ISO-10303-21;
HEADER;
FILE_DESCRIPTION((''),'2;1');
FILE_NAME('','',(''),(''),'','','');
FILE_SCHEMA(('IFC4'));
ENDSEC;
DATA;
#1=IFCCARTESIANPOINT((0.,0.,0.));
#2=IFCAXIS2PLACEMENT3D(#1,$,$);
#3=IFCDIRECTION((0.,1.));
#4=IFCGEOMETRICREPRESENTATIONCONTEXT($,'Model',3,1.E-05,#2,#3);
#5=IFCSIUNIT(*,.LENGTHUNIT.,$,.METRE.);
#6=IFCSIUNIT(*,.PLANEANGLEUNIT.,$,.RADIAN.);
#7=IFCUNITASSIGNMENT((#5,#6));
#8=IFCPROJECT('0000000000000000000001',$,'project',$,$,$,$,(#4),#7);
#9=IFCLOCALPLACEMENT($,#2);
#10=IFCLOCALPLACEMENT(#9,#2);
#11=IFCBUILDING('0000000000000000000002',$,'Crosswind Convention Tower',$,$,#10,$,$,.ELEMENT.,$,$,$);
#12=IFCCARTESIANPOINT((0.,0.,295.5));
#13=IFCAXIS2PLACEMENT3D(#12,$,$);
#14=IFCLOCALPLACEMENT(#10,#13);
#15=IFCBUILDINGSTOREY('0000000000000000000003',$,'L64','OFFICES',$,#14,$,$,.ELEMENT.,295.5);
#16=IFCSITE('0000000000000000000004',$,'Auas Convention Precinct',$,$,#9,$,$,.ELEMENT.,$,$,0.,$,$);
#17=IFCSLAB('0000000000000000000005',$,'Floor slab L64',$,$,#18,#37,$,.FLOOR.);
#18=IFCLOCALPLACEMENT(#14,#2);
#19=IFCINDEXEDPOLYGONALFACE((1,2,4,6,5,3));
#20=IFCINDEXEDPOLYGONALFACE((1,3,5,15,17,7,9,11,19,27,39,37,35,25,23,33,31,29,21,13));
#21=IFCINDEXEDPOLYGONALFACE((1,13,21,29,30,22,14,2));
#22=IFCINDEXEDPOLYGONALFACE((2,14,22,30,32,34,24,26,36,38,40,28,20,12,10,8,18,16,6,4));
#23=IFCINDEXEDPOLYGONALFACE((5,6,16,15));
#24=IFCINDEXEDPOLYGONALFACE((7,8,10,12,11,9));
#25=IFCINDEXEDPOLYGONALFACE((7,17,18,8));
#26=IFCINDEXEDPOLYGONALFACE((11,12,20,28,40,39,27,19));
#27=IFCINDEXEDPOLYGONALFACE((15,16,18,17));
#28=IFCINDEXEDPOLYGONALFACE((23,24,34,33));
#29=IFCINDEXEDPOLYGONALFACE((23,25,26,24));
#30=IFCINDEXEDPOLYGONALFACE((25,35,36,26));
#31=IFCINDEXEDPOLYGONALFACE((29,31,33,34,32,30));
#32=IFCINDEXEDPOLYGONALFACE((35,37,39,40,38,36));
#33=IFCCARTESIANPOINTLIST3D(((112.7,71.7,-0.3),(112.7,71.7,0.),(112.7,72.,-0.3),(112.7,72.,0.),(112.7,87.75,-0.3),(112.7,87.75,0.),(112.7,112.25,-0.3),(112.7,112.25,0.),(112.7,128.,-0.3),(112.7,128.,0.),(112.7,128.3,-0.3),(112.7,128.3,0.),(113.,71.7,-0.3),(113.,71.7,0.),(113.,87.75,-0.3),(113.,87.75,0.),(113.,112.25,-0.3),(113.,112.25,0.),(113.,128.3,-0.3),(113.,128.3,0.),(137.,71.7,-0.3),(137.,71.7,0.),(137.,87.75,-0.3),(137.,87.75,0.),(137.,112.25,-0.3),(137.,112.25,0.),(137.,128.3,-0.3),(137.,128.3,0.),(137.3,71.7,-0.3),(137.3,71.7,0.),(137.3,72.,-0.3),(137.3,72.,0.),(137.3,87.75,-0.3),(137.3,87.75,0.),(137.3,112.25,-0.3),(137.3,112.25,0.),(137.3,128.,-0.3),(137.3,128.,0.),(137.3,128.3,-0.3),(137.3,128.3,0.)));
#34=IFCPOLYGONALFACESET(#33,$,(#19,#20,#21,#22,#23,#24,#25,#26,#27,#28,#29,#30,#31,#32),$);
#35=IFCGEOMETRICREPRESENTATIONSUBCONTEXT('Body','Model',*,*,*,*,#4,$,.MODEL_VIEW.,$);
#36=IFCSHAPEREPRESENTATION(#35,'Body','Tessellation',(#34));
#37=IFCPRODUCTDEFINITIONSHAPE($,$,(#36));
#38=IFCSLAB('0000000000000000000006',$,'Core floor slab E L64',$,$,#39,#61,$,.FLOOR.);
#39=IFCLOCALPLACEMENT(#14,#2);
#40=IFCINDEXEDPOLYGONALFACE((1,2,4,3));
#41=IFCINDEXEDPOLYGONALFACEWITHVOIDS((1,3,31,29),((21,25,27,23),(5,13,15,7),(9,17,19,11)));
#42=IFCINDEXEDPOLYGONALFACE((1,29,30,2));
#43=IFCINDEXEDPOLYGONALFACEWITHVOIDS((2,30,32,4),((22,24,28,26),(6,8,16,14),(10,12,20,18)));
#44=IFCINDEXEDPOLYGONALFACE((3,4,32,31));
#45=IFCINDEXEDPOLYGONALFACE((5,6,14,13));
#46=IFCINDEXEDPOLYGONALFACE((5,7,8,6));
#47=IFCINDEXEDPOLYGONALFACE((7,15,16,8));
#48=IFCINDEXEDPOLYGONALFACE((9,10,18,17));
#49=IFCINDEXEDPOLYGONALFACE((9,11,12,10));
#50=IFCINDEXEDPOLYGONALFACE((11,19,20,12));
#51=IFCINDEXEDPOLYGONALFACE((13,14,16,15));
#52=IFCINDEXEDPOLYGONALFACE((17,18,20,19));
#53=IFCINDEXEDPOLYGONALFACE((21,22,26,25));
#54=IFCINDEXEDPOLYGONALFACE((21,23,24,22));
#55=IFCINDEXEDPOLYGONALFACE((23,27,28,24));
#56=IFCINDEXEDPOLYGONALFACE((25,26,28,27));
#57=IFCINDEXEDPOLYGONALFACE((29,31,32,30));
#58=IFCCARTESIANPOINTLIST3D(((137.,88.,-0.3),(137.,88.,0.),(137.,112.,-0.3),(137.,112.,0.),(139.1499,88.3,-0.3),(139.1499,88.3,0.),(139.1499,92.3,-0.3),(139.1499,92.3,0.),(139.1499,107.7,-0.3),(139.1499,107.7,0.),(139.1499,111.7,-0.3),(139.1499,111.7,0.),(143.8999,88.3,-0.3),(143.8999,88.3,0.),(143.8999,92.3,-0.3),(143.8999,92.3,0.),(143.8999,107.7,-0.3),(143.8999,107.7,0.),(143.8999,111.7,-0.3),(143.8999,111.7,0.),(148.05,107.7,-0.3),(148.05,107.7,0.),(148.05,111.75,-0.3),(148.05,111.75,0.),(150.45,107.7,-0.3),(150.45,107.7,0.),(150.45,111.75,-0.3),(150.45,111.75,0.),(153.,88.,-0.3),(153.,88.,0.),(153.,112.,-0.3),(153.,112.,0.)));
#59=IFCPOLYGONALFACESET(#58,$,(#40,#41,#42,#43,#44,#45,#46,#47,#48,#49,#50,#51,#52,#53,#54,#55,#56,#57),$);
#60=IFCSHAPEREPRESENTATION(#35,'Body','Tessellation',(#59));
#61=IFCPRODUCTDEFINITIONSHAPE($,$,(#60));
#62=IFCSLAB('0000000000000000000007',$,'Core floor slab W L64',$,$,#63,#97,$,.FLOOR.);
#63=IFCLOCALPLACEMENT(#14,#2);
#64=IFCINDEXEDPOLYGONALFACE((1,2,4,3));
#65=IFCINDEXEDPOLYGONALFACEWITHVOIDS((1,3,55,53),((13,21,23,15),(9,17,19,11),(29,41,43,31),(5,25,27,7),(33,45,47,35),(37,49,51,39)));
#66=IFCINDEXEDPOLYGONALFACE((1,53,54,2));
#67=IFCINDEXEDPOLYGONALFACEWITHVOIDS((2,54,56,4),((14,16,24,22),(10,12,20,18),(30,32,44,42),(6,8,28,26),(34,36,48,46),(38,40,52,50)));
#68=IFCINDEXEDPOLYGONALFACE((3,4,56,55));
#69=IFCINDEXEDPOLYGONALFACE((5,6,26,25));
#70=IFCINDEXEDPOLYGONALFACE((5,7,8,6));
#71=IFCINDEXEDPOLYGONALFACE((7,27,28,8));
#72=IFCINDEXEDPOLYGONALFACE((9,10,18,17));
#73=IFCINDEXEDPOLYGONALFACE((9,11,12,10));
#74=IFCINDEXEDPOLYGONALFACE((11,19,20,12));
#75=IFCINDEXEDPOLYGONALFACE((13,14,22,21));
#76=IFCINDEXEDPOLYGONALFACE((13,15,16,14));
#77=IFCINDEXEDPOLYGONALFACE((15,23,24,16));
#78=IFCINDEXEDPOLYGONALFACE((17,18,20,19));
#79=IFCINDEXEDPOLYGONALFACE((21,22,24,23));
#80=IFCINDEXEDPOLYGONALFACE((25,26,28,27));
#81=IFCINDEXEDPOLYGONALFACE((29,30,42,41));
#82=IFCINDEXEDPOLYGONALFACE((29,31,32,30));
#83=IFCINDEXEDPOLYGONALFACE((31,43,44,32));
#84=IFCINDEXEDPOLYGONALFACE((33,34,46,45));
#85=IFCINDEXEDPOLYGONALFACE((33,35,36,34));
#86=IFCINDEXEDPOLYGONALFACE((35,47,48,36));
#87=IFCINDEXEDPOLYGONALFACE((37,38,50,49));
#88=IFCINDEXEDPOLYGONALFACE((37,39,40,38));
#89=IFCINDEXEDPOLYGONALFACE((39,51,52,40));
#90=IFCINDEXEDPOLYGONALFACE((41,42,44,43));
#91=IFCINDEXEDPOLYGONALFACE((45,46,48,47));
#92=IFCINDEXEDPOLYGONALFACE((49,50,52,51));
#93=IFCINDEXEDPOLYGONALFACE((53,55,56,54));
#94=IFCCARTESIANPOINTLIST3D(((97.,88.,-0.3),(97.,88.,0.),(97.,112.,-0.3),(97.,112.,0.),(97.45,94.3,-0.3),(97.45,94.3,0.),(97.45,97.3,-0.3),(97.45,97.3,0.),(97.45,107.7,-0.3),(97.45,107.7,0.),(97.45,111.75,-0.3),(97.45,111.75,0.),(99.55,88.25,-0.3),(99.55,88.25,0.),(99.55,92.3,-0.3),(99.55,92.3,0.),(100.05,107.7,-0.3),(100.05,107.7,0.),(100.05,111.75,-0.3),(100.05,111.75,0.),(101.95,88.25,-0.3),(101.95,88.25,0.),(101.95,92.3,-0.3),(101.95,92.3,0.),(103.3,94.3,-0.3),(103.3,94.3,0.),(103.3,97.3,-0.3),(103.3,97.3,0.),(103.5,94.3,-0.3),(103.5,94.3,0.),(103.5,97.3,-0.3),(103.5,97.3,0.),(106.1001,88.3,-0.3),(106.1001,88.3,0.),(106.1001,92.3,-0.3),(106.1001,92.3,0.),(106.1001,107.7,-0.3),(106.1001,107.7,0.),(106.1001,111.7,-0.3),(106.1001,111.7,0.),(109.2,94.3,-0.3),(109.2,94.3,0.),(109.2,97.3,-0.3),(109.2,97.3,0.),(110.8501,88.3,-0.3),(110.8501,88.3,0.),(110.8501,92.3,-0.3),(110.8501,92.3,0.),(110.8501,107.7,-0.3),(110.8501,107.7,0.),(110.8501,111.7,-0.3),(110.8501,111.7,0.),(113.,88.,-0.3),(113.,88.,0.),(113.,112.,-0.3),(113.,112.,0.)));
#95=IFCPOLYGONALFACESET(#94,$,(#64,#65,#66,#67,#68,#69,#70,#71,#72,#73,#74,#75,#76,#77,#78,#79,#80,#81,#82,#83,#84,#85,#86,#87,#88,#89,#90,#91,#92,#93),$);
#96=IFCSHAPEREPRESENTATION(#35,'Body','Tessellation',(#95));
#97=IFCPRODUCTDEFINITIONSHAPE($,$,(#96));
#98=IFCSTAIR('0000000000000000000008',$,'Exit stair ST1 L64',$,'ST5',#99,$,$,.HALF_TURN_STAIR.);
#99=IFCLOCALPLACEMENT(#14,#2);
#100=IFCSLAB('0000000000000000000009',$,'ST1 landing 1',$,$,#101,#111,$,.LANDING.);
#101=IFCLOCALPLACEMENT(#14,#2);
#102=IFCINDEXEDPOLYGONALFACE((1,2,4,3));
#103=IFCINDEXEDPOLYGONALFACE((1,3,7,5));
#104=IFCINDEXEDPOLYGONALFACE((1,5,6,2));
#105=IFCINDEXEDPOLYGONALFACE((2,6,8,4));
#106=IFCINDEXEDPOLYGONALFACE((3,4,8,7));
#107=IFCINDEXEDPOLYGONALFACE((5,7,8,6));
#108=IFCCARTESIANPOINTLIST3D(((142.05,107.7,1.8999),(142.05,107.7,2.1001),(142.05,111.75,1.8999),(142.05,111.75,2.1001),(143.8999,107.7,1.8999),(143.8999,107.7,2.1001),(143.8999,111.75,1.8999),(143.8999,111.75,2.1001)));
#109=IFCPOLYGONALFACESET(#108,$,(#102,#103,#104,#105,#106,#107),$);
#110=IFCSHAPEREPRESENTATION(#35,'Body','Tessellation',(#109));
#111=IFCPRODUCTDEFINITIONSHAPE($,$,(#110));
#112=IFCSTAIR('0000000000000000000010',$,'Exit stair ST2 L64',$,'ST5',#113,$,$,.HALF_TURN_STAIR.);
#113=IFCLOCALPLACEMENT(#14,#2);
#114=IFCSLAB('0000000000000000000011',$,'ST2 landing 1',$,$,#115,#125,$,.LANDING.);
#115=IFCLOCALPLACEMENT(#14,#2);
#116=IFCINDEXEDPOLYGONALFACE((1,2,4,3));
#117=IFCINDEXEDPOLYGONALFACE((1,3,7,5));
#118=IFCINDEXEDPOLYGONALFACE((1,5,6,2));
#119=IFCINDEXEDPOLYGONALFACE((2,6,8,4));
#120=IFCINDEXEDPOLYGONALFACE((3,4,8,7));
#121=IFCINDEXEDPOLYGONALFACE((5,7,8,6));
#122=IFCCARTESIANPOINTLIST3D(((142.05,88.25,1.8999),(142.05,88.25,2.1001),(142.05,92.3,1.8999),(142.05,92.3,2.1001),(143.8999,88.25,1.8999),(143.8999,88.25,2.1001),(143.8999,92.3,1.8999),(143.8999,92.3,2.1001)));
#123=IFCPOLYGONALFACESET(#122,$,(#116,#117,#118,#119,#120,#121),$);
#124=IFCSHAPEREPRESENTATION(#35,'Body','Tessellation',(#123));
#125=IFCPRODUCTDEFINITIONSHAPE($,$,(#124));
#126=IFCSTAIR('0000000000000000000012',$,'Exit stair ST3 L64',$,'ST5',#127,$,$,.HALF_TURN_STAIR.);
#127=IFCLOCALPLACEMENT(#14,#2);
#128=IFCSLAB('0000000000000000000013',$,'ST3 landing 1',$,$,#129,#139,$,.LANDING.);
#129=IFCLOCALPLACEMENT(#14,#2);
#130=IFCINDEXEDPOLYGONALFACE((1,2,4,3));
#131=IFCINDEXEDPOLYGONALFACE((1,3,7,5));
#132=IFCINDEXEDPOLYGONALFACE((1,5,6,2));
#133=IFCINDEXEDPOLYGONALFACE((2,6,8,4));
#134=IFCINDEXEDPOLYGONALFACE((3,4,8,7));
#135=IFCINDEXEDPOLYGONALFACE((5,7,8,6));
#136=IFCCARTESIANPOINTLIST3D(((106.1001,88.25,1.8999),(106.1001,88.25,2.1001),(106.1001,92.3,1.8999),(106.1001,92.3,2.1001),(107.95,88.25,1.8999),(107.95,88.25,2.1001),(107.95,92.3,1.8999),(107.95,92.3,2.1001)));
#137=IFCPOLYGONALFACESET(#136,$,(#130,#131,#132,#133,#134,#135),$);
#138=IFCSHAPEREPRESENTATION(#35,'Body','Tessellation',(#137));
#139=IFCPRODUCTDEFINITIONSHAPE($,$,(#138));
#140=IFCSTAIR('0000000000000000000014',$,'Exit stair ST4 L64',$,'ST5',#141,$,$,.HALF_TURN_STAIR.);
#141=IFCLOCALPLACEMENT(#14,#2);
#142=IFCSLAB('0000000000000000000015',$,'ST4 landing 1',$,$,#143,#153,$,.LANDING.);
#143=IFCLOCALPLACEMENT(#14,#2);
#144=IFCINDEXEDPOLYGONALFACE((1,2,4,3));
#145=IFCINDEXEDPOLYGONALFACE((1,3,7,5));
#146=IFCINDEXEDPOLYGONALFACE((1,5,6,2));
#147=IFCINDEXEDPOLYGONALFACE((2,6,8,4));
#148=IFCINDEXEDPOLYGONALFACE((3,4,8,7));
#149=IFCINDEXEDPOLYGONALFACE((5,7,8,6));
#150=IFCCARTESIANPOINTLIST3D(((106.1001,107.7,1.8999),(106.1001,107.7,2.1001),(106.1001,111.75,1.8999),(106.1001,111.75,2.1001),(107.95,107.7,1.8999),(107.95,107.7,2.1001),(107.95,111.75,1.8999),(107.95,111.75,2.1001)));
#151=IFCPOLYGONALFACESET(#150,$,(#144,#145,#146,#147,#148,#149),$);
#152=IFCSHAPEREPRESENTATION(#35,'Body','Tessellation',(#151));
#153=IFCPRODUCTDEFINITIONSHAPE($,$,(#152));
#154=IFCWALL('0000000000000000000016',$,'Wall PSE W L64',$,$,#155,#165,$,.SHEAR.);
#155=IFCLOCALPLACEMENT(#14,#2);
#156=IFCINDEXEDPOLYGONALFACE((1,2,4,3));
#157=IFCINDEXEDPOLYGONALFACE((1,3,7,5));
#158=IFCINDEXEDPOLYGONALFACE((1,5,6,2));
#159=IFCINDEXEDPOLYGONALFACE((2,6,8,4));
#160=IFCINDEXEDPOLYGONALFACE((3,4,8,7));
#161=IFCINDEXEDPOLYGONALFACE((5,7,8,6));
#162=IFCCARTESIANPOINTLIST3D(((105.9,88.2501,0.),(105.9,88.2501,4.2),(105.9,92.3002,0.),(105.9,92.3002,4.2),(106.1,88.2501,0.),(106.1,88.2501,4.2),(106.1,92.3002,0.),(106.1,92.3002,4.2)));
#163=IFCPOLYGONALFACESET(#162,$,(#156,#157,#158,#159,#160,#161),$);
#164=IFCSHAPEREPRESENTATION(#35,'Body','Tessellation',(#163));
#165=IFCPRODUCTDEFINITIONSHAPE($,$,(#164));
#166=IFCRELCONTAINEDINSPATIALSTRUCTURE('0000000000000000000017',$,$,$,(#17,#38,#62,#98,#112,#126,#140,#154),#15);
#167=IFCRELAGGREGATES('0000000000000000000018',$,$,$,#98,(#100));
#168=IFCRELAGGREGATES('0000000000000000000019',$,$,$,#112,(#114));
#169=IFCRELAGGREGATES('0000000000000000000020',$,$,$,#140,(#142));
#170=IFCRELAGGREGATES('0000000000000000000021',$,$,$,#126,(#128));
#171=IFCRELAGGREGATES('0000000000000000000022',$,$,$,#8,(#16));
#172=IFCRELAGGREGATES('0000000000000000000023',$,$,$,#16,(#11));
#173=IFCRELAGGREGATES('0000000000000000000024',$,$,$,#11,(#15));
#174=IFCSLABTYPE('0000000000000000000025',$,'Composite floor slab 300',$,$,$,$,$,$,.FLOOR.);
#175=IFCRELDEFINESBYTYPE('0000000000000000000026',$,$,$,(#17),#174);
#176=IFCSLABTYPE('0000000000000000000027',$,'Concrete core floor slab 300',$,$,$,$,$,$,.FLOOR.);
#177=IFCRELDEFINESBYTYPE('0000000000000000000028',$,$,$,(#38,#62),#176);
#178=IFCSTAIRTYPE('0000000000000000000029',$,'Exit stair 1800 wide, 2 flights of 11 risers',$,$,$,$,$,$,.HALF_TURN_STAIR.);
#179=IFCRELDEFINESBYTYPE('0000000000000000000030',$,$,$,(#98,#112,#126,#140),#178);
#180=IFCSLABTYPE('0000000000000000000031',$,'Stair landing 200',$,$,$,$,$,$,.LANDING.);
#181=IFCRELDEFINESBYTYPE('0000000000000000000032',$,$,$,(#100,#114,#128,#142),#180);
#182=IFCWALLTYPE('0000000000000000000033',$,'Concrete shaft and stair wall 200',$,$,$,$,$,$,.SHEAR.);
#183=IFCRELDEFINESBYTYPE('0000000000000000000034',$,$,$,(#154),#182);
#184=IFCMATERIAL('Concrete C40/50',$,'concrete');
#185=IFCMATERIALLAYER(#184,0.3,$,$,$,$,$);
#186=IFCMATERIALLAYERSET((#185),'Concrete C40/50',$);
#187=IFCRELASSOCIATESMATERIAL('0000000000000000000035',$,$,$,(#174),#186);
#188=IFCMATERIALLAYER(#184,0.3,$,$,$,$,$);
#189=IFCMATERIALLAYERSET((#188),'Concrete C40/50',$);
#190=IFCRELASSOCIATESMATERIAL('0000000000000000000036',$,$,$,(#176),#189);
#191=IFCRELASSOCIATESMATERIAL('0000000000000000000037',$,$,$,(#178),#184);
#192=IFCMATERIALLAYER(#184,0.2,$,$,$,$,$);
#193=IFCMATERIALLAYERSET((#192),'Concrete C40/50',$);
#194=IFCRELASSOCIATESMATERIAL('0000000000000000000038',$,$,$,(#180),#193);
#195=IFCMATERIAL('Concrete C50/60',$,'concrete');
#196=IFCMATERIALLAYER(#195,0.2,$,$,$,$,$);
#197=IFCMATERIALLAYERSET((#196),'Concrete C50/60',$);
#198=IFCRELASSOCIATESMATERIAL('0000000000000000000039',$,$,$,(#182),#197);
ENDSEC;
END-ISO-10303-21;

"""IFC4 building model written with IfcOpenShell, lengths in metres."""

from ifc_helpers import new_model, si_unit, direction, frame, frame_2d, origin, place, context, subcontext, project, spatial, polyline, rectangle, outline, extrude, material, layer, layer_set, type_object, element, aggregate, save


model = new_model("IFC4")

# Units and contexts
model_context = context("Model", 3, precision=1e-05, world=origin(), true_north=direction((0.0, 1.0)))
body_context = subcontext(model_context, "Body", "Model", "MODEL_VIEW")
ifc_project = project(units=[si_unit("LENGTHUNIT", "METRE"), si_unit("PLANEANGLEUNIT", "RADIAN")], contexts=[model_context])

# Site, building, storey
site_placement = place(None, origin())
site = spatial("IfcSite", under=ifc_project, at=site_placement, Name="Auas Convention Precinct", CompositionType="ELEMENT", RefElevation=0.0)
building_placement = place(site_placement, origin())
building = spatial("IfcBuilding", under=site, at=building_placement, Name="Crosswind Convention Tower", CompositionType="ELEMENT")
storey_placement = place(building_placement, frame((0.0, 0.0, 295.5)))
storey = spatial("IfcBuildingStorey", under=building, at=storey_placement, Name="L64", Description="OFFICES", CompositionType="ELEMENT", Elevation=295.5)

# Slabs
ifc_material_1 = material(Name="Concrete C40/50", Category="concrete")
ifc_layer_1 = layer(ifc_material_1, 0.3)
ifc_layer_set_1 = layer_set([ifc_layer_1], Name="Concrete C40/50")
slab_type_1 = type_object("IfcSlabType", Name="Composite floor slab 300", PredefinedType="FLOOR", material=ifc_layer_set_1)
slab_1_placement = place(storey_placement, frame((0.0, 0.0, -0.3)))
element("IfcSlab", 1, at=slab_1_placement, inside=storey, type_object=slab_type_1, Name="Floor slab L64", PredefinedType="FLOOR", context=body_context, shape_type="SweptSolid", body=[
    extrude(outline(polyline([(137.3, 71.7), (137.0, 71.7), (113.0, 71.7), (112.7, 71.7), (112.7, 72.0), (112.7, 87.75), (113.0, 87.75), (113.0, 112.25), (112.7, 112.25), (112.7, 128.0), (112.7, 128.3), (113.0, 128.3), (137.0, 128.3), (137.3, 128.3), (137.3, 128.0), (137.3, 112.25), (137.0, 112.25), (137.0, 87.75), (137.3, 87.75), (137.3, 72.0), (137.3, 71.7)])), origin(), (0.0, 0.0, 1.0), 0.3),
])
ifc_layer_2 = layer(ifc_material_1, 0.3)
ifc_layer_set_2 = layer_set([ifc_layer_2], Name="Concrete C40/50")
slab_type_2 = type_object("IfcSlabType", Name="Concrete core floor slab 300", PredefinedType="FLOOR", material=ifc_layer_set_2)
slab_2_placement = place(storey_placement, frame((0.0, 0.0, -0.3)))
element("IfcSlab", 2, at=slab_2_placement, inside=storey, type_object=slab_type_2, Name="Core floor slab E L64", PredefinedType="FLOOR", context=body_context, shape_type="SweptSolid", body=[
    extrude(outline(polyline([(137.0, 88.0), (153.0, 88.0), (153.0, 112.0), (137.0, 112.0), (137.0, 88.0)]), holes=[polyline([(150.45, 107.7), (150.45, 111.75), (148.05, 111.75), (148.05, 107.7), (150.45, 107.7)]), polyline([(143.8999, 107.7), (143.8999, 111.7), (139.1499, 111.7), (139.1499, 107.7), (143.8999, 107.7)]), polyline([(143.8999, 88.3), (143.8999, 92.3), (139.1499, 92.3), (139.1499, 88.3), (143.8999, 88.3)])]), origin(), (0.0, 0.0, 1.0), 0.3),
])
slab_3_placement = place(storey_placement, frame((0.0, 0.0, -0.3)))
element("IfcSlab", 3, at=slab_3_placement, inside=storey, type_object=slab_type_2, Name="Core floor slab W L64", PredefinedType="FLOOR", context=body_context, shape_type="SweptSolid", body=[
    extrude(outline(polyline([(97.0, 88.0), (113.0, 88.0), (113.0, 112.0), (97.0, 112.0), (97.0, 88.0)]), holes=[polyline([(109.2, 94.3), (109.2, 97.3), (103.5, 97.3), (103.5, 94.3), (109.2, 94.3)]), polyline([(103.3, 94.3), (103.3, 97.3), (97.45, 97.3), (97.45, 94.3), (103.3, 94.3)]), polyline([(101.95, 88.25), (101.95, 92.3), (99.55, 92.3), (99.55, 88.25), (101.95, 88.25)]), polyline([(100.05, 107.7), (100.05, 111.75), (97.45, 111.75), (97.45, 107.7), (100.05, 107.7)]), polyline([(110.8501, 88.3), (110.8501, 92.3), (106.1001, 92.3), (106.1001, 88.3), (110.8501, 88.3)]), polyline([(110.8501, 107.7), (110.8501, 111.7), (106.1001, 111.7), (106.1001, 107.7), (110.8501, 107.7)])]), origin(), (0.0, 0.0, 1.0), 0.3),
])

# Stairs, slabs
stair_type = type_object("IfcStairType", Name="Exit stair 1800 wide, 2 flights of 11 risers", PredefinedType="HALF_TURN_STAIR", material=ifc_material_1)
stair_1_placement = place(storey_placement, origin())
stair_1 = element("IfcStair", 4, at=stair_1_placement, inside=storey, type_object=stair_type, Name="Exit stair ST1 L64", ObjectType="ST5", PredefinedType="HALF_TURN_STAIR")
ifc_layer_3 = layer(ifc_material_1, 0.2)
ifc_layer_set_3 = layer_set([ifc_layer_3], Name="Concrete C40/50")
slab_type_3 = type_object("IfcSlabType", Name="Stair landing 200", PredefinedType="LANDING", material=ifc_layer_set_3)
slab_4_placement = place(storey_placement, frame((0.0, 0.0, 1.8999)))
slab_4 = element("IfcSlab", 5, at=slab_4_placement, type_object=slab_type_3, Name="ST1 landing 1", PredefinedType="LANDING", context=body_context, shape_type="SweptSolid", body=[
    extrude(outline(polyline([(143.8999, 107.7), (143.8999, 111.75), (142.05, 111.75), (142.05, 107.7), (143.8999, 107.7)])), origin(), (0.0, 0.0, 1.0), 0.2002),
])
aggregate(stair_1, [slab_4])
stair_2_placement = place(storey_placement, origin())
stair_2 = element("IfcStair", 6, at=stair_2_placement, inside=storey, type_object=stair_type, Name="Exit stair ST2 L64", ObjectType="ST5", PredefinedType="HALF_TURN_STAIR")
slab_5_placement = place(storey_placement, frame((0.0, 0.0, 1.8999)))
slab_5 = element("IfcSlab", 7, at=slab_5_placement, type_object=slab_type_3, Name="ST2 landing 1", PredefinedType="LANDING", context=body_context, shape_type="SweptSolid", body=[
    extrude(outline(polyline([(143.8999, 88.25), (143.8999, 92.3), (142.05, 92.3), (142.05, 88.25), (143.8999, 88.25)])), origin(), (0.0, 0.0, 1.0), 0.2002),
])
aggregate(stair_2, [slab_5])
stair_3_placement = place(storey_placement, origin())
stair_3 = element("IfcStair", 8, at=stair_3_placement, inside=storey, type_object=stair_type, Name="Exit stair ST3 L64", ObjectType="ST5", PredefinedType="HALF_TURN_STAIR")
slab_6_placement = place(storey_placement, frame((0.0, 0.0, 1.8999)))
slab_6 = element("IfcSlab", 9, at=slab_6_placement, type_object=slab_type_3, Name="ST3 landing 1", PredefinedType="LANDING", context=body_context, shape_type="SweptSolid", body=[
    extrude(outline(polyline([(107.95, 88.25), (107.95, 92.3), (106.1001, 92.3), (106.1001, 88.25), (107.95, 88.25)])), origin(), (0.0, 0.0, 1.0), 0.2002),
])
stair_4_placement = place(storey_placement, origin())
stair_4 = element("IfcStair", 10, at=stair_4_placement, inside=storey, type_object=stair_type, Name="Exit stair ST4 L64", ObjectType="ST5", PredefinedType="HALF_TURN_STAIR")
slab_7_placement = place(storey_placement, frame((0.0, 0.0, 1.8999)))
slab_7 = element("IfcSlab", 11, at=slab_7_placement, type_object=slab_type_3, Name="ST4 landing 1", PredefinedType="LANDING", context=body_context, shape_type="SweptSolid", body=[
    extrude(outline(polyline([(107.95, 107.7), (107.95, 111.75), (106.1001, 111.75), (106.1001, 107.7), (107.95, 107.7)])), origin(), (0.0, 0.0, 1.0), 0.2002),
])
aggregate(stair_4, [slab_7])

# Wall
ifc_material_2 = material(Name="Concrete C50/60", Category="concrete")
ifc_layer_4 = layer(ifc_material_2, 0.2)
ifc_layer_set_4 = layer_set([ifc_layer_4], Name="Concrete C50/60")
wall_type_1 = type_object("IfcWallType", Name="Concrete shaft and stair wall 200", PredefinedType="SHEAR", material=ifc_layer_set_4)
wall_1_placement = place(storey_placement, frame((106.0, 92.3, 0.0), z_axis=(0.0, 0.0, 1.0), x_axis=(0.0, -1.0, 0.0)))
element("IfcWall", 12, at=wall_1_placement, inside=storey, type_object=wall_type_1, Name="Wall PSE W L64", PredefinedType="SHEAR", context=body_context, shape_type="SweptSolid", body=[
    extrude(rectangle(XDim=4.05, YDim=0.2, at=frame_2d((2.0249, 0.0))), origin(), (0.0, 0.0, 1.0), 4.2),
])

aggregate(stair_3, [slab_6])

save(model, "model.ifc")
